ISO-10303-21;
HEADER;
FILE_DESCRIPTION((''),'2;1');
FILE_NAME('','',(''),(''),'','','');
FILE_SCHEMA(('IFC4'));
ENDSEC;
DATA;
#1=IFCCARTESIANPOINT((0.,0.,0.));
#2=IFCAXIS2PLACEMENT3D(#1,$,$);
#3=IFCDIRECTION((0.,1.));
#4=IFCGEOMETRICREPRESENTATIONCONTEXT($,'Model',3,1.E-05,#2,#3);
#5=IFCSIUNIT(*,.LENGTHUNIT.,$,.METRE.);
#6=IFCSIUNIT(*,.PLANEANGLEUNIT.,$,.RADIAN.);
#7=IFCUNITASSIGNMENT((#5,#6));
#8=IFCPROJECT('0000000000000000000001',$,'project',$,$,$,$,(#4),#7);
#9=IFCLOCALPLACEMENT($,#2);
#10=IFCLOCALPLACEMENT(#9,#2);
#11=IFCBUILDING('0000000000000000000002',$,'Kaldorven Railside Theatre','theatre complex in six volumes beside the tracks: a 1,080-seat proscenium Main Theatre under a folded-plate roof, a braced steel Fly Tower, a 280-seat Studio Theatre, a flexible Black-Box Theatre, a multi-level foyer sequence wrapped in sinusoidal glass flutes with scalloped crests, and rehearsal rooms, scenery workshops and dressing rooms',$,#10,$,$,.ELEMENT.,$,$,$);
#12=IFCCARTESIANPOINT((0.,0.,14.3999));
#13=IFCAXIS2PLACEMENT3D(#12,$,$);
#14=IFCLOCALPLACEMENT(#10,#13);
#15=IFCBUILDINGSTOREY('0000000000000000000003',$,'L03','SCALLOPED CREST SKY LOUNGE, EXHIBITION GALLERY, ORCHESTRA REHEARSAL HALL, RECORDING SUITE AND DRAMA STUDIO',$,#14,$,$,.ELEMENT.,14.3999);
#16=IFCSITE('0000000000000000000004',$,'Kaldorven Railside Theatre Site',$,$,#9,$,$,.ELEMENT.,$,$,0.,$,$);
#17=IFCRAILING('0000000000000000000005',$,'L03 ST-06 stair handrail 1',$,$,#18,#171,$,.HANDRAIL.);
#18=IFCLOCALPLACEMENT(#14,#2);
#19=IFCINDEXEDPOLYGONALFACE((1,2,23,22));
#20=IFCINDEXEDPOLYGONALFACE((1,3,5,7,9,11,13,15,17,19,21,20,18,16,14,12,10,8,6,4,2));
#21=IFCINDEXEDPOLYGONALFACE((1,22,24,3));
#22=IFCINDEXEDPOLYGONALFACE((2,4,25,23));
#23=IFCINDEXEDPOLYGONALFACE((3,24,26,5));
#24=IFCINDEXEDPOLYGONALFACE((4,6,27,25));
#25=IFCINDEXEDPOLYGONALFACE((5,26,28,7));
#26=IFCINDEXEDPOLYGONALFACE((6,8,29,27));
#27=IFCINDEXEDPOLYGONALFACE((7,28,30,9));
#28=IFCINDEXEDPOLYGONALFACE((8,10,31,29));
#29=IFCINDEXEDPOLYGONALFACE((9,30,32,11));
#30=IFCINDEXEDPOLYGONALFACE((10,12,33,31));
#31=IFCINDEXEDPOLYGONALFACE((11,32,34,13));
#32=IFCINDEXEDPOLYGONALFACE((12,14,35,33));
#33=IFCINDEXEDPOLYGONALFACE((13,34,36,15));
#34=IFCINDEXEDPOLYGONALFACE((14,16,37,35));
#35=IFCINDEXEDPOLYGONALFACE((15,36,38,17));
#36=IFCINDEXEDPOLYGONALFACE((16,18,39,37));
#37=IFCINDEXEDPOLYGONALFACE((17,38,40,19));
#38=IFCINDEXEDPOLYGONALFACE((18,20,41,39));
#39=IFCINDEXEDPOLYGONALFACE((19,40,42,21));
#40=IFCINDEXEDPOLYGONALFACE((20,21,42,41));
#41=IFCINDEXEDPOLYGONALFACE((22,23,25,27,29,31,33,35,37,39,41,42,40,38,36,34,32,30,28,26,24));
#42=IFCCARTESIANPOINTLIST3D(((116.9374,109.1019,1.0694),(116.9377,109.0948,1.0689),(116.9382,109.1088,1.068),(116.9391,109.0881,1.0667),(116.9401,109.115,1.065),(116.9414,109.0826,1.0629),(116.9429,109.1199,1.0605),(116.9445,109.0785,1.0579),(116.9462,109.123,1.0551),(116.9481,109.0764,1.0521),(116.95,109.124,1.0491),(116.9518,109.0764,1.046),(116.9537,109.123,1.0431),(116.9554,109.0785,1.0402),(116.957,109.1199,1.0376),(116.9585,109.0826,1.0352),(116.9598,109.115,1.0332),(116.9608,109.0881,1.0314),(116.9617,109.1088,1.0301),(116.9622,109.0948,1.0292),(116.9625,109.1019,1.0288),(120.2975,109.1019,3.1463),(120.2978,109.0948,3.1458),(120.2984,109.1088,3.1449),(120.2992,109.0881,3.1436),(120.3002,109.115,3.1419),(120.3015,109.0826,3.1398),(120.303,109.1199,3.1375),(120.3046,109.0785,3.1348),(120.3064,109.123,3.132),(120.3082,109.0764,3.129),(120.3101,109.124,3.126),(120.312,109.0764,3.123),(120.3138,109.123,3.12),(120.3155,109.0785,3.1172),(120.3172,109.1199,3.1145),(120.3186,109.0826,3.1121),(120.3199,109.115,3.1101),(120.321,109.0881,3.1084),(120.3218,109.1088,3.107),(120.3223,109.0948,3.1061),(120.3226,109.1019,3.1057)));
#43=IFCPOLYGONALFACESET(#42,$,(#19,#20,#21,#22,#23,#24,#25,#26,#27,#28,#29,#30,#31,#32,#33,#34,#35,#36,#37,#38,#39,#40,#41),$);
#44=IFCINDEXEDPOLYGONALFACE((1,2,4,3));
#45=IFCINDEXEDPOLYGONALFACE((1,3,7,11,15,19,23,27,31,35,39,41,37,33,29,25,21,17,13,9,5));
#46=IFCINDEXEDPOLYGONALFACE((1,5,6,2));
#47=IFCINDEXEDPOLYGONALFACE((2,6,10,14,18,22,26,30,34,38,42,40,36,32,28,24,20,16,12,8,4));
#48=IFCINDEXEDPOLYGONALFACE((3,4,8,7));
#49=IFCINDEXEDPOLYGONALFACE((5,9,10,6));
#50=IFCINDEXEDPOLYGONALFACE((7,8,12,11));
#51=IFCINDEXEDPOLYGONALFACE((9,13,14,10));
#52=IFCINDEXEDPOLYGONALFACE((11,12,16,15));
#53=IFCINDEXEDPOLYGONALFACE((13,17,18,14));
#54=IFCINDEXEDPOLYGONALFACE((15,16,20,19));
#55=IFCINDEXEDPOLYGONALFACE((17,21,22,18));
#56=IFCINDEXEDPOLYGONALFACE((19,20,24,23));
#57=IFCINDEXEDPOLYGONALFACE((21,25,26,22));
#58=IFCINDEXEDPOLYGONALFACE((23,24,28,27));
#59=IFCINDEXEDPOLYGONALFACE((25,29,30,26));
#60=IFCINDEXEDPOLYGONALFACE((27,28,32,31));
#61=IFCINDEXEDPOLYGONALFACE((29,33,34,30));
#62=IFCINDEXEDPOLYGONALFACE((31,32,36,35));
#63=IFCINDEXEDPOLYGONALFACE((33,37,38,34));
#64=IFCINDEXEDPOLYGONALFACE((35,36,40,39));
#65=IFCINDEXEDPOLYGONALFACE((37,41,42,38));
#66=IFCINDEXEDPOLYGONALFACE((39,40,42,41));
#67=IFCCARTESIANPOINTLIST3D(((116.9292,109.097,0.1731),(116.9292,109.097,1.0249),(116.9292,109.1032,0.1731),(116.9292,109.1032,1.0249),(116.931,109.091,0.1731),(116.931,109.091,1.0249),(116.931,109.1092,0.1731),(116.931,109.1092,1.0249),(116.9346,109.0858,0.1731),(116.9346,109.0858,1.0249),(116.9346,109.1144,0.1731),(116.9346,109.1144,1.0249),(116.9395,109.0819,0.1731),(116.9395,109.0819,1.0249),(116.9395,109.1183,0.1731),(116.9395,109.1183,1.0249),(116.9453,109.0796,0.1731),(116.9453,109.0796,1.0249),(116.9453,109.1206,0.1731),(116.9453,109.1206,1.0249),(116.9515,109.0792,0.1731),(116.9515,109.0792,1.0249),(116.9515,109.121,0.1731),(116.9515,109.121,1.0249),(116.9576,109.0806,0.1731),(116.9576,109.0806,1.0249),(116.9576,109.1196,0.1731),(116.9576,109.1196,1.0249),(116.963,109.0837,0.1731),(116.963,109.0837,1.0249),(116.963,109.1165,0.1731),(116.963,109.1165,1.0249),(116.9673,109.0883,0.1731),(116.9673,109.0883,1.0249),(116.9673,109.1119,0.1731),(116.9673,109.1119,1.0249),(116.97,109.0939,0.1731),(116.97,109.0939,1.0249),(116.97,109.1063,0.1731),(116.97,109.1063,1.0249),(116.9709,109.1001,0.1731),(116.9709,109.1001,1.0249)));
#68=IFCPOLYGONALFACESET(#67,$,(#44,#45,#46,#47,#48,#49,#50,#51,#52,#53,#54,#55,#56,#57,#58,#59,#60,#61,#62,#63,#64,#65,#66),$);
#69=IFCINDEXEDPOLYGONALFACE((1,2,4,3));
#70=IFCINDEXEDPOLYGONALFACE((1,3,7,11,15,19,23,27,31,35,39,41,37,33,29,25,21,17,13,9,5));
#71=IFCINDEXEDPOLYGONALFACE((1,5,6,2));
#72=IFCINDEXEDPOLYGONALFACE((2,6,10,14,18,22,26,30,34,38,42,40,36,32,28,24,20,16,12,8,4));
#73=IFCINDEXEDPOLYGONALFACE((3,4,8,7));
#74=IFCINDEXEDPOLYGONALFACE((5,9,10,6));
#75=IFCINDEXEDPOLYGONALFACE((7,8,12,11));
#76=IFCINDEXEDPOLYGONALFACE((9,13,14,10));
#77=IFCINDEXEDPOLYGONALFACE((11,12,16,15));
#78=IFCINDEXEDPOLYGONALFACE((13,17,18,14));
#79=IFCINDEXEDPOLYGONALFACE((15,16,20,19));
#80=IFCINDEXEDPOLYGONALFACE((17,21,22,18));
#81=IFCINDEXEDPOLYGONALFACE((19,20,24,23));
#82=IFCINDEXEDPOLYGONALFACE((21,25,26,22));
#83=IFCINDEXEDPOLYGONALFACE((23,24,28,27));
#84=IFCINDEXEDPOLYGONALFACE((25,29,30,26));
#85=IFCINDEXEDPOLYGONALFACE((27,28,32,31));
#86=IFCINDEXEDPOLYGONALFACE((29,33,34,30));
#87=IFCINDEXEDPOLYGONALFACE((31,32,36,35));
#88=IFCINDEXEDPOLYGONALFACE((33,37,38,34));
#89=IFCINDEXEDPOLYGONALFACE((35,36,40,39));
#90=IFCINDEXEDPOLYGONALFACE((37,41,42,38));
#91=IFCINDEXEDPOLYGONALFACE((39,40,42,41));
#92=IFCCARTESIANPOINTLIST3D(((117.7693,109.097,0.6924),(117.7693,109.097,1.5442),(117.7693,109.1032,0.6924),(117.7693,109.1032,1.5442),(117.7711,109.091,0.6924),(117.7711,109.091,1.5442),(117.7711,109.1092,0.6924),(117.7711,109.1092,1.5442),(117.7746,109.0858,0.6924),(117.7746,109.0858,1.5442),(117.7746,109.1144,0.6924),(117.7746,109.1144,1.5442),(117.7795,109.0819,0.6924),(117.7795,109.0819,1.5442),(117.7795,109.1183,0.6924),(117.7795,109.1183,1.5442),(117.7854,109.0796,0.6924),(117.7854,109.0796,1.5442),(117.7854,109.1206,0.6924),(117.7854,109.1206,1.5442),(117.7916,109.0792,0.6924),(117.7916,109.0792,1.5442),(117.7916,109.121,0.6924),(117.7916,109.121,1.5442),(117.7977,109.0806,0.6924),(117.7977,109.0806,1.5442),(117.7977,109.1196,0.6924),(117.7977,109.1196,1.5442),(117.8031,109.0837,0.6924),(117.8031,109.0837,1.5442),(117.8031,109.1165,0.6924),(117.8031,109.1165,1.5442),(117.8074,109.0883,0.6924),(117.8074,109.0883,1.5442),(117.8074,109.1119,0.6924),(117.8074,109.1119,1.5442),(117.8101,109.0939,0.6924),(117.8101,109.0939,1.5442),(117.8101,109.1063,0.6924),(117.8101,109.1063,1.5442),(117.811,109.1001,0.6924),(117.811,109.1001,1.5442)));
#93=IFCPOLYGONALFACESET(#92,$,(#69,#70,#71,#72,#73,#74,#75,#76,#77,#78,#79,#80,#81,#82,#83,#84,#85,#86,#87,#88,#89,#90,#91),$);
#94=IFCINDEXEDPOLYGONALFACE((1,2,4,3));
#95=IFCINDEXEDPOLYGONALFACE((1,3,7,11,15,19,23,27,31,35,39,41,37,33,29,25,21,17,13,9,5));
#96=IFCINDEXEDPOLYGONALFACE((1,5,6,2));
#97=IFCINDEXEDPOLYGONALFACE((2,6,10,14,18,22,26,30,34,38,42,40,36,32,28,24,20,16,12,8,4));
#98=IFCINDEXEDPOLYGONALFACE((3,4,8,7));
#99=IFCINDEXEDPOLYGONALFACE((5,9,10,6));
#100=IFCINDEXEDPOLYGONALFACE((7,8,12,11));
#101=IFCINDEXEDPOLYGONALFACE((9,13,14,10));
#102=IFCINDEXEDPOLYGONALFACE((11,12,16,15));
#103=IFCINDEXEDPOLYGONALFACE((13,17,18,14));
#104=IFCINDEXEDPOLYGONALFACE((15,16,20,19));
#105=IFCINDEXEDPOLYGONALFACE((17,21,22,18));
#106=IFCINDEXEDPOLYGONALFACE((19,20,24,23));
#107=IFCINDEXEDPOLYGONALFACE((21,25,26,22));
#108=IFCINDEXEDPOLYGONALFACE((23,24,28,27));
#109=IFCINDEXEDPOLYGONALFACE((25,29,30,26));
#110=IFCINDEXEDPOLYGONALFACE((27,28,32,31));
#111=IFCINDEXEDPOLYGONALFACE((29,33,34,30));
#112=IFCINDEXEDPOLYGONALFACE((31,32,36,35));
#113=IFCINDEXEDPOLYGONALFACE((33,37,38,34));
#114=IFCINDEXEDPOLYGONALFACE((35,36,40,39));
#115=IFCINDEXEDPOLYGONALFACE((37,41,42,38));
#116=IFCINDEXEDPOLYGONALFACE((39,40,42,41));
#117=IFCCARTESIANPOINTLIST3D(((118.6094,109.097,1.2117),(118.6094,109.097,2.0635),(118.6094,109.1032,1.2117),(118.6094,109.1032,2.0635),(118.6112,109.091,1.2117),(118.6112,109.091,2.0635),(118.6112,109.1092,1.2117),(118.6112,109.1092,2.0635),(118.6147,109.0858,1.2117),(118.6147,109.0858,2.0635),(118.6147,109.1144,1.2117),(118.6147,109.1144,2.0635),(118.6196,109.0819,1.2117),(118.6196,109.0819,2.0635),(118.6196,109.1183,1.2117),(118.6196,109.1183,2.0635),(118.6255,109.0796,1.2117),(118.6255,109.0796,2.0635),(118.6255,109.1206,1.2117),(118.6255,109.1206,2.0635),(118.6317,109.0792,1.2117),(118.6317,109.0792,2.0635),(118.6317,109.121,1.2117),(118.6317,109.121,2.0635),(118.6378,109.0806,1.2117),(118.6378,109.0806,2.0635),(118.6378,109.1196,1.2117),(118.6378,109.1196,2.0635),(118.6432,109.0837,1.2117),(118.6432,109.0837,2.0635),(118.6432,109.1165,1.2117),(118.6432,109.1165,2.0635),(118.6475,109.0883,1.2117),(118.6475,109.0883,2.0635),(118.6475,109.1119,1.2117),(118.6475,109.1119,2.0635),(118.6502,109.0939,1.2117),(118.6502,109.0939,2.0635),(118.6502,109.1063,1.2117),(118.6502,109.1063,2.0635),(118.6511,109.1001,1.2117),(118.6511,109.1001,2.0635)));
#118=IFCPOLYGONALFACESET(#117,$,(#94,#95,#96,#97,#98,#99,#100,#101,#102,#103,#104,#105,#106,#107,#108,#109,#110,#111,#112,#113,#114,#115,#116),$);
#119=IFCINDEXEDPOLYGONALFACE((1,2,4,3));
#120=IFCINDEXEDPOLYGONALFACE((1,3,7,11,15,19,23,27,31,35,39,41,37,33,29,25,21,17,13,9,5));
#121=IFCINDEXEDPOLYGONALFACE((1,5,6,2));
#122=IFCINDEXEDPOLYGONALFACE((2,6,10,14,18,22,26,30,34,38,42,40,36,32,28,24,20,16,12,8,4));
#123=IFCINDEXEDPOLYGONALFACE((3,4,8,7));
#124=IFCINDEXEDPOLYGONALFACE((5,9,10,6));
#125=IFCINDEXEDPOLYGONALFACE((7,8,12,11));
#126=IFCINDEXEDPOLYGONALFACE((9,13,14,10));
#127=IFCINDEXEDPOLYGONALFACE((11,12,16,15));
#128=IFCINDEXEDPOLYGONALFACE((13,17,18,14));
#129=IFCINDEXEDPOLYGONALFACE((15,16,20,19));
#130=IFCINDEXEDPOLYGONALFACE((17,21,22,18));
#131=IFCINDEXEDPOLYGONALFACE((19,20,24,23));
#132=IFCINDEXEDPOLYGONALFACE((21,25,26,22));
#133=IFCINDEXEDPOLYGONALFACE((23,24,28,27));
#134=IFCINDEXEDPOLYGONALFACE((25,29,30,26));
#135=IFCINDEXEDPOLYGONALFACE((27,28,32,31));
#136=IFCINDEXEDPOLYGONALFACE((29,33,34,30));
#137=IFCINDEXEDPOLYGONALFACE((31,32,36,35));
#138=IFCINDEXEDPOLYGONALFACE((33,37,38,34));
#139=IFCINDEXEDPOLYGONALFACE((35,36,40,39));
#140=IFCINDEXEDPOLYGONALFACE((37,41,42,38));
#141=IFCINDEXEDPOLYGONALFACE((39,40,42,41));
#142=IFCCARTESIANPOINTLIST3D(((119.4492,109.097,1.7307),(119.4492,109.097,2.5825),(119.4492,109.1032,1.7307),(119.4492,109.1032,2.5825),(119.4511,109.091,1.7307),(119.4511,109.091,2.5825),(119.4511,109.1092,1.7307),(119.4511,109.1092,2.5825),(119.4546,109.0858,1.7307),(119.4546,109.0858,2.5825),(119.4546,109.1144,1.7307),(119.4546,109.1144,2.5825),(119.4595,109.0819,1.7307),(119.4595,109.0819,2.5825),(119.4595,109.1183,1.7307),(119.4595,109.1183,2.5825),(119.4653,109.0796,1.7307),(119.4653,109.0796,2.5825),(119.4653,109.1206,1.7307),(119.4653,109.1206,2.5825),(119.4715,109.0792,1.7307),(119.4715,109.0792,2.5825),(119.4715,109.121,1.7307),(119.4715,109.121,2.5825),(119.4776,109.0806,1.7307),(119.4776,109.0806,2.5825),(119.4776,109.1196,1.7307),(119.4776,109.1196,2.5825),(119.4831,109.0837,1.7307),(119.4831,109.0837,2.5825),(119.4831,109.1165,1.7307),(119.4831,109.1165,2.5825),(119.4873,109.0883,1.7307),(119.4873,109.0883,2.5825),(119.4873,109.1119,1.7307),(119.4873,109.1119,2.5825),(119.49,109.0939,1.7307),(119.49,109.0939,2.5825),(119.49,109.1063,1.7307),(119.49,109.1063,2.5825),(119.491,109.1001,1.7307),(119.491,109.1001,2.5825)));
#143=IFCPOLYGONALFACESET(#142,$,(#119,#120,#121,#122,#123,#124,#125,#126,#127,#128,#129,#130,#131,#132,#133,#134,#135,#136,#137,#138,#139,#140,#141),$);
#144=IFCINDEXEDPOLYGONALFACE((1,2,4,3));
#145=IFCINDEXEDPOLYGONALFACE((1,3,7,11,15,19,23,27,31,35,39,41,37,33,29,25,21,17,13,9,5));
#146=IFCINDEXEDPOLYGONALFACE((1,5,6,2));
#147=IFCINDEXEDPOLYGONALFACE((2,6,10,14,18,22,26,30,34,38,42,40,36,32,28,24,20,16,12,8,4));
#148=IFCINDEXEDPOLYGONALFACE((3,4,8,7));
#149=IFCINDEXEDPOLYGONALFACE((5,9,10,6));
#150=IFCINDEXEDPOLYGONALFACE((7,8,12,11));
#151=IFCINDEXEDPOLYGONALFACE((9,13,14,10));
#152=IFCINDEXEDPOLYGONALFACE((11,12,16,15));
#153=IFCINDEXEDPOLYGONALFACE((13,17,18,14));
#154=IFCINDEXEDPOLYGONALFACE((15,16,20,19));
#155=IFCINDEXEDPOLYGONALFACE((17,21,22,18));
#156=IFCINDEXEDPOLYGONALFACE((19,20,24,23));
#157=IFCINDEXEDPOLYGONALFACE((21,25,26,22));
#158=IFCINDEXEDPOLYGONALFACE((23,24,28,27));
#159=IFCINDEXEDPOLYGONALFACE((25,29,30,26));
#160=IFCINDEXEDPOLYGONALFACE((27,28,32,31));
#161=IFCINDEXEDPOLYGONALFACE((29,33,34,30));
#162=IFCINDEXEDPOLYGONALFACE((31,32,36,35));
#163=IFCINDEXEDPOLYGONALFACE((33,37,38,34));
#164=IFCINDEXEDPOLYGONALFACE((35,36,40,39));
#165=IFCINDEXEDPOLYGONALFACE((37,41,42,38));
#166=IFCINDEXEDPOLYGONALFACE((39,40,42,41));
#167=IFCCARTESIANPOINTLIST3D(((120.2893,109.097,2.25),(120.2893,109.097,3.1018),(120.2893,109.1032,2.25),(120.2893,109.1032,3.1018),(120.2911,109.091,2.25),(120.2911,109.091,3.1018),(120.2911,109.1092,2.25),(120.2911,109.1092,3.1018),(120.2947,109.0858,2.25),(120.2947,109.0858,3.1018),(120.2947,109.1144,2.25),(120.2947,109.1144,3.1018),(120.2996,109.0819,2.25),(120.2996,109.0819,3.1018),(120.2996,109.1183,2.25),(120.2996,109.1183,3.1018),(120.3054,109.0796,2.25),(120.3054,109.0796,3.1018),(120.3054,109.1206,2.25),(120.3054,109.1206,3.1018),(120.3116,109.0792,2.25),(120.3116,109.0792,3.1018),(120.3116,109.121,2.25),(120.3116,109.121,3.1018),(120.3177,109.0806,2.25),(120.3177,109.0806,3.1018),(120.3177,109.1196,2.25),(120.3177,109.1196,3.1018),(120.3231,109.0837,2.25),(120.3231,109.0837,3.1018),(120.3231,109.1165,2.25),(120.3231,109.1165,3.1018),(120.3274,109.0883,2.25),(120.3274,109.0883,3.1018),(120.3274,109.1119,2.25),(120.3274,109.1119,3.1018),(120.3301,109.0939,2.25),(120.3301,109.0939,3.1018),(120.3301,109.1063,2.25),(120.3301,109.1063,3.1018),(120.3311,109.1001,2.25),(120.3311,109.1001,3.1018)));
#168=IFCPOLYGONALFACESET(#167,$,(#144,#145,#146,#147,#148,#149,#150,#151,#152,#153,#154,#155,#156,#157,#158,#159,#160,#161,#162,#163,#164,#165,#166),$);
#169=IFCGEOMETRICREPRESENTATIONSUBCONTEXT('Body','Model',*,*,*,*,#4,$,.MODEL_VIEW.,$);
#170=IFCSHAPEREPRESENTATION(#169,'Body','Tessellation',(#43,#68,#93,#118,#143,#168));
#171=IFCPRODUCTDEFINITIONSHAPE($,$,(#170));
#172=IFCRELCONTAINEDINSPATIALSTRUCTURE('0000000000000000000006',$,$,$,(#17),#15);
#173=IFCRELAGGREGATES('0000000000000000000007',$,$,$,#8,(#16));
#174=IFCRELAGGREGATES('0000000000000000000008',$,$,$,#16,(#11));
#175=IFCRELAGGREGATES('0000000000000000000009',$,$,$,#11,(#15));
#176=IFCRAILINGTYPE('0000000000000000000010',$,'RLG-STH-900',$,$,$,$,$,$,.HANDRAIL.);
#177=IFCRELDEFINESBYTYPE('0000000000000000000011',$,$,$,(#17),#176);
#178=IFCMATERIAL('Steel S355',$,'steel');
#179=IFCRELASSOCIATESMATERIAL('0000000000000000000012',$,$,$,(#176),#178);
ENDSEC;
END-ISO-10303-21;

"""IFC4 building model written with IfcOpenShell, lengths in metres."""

from ifc_helpers import new_model, si_unit, direction, frame, origin, origin_2d, place, context, subcontext, project, spatial, circle, extrude, material, type_object, element, save


model = new_model("IFC4")

# Units and contexts
model_context = context("Model", 3, precision=1e-05, world=origin(), true_north=direction((0.0, 1.0)))
body_context = subcontext(model_context, "Body", "Model", "MODEL_VIEW")
ifc_project = project(units=[si_unit("LENGTHUNIT", "METRE"), si_unit("PLANEANGLEUNIT", "RADIAN")], contexts=[model_context])

# Site, building, storey
site_placement = place(None, origin())
site = spatial("IfcSite", under=ifc_project, at=site_placement, Name="Kaldorven Railside Theatre Site", CompositionType="ELEMENT", RefElevation=0.0)
building_placement = place(site_placement, origin())
building = spatial("IfcBuilding", under=site, at=building_placement, Name="Kaldorven Railside Theatre", Description="theatre complex in six volumes beside the tracks: a 1,080-seat proscenium Main Theatre under a folded-plate roof, a braced steel Fly Tower, a 280-seat Studio Theatre, a flexible Black-Box Theatre, a multi-level foyer sequence wrapped in sinusoidal glass flutes with scalloped crests, and rehearsal rooms, scenery workshops and dressing rooms", CompositionType="ELEMENT")
storey_placement = place(building_placement, frame((0.0, 0.0, 14.3999)))
storey = spatial("IfcBuildingStorey", under=building, at=storey_placement, Name="L03", Description="SCALLOPED CREST SKY LOUNGE, EXHIBITION GALLERY, ORCHESTRA REHEARSAL HALL, RECORDING SUITE AND DRAMA STUDIO", CompositionType="ELEMENT", Elevation=14.3999)

# Shared definitions
ifc_material_1 = material(Name="Steel S355", Category="steel")

# Railing
railing_type_1 = type_object("IfcRailingType", Name="RLG-STH-900", PredefinedType="HANDRAIL", material=ifc_material_1)
railing_1_placement = place(storey_placement, frame((116.95, 109.1001, 0.1731)))
element("IfcRailing", 1, at=railing_1_placement, inside=storey, type_object=railing_type_1, Name="L03 ST-06 stair handrail 1", PredefinedType="HANDRAIL", context=body_context, shape_type="SweptSolid", body=[
    extrude(circle(Radius=0.0239, at=origin_2d()), frame((0.0, 0.0, 0.876), z_axis=(0.850623, 0.0, 0.525776), x_axis=(0.0, 1.0, 0.0)), (0.0, 0.0, 1.0), 3.9502),
    extrude(circle(Radius=0.021, at=origin_2d()), origin(), (0.0, 0.0, 1.0), 0.8518),
    extrude(circle(Radius=0.021, at=origin_2d()), frame((0.8401, 0.0, 0.5193)), (0.0, 0.0, 1.0), 0.8518),
    extrude(circle(Radius=0.021, at=origin_2d()), frame((1.6802, 0.0, 1.0386)), (0.0, 0.0, 1.0), 0.8518),
    extrude(circle(Radius=0.021, at=origin_2d()), frame((2.52, 0.0, 1.5576)), (0.0, 0.0, 1.0), 0.8518),
    extrude(circle(Radius=0.021, at=origin_2d()), frame((3.3601, 0.0, 2.0769)), (0.0, 0.0, 1.0), 0.8518),
])

save(model, "model.ifc")
